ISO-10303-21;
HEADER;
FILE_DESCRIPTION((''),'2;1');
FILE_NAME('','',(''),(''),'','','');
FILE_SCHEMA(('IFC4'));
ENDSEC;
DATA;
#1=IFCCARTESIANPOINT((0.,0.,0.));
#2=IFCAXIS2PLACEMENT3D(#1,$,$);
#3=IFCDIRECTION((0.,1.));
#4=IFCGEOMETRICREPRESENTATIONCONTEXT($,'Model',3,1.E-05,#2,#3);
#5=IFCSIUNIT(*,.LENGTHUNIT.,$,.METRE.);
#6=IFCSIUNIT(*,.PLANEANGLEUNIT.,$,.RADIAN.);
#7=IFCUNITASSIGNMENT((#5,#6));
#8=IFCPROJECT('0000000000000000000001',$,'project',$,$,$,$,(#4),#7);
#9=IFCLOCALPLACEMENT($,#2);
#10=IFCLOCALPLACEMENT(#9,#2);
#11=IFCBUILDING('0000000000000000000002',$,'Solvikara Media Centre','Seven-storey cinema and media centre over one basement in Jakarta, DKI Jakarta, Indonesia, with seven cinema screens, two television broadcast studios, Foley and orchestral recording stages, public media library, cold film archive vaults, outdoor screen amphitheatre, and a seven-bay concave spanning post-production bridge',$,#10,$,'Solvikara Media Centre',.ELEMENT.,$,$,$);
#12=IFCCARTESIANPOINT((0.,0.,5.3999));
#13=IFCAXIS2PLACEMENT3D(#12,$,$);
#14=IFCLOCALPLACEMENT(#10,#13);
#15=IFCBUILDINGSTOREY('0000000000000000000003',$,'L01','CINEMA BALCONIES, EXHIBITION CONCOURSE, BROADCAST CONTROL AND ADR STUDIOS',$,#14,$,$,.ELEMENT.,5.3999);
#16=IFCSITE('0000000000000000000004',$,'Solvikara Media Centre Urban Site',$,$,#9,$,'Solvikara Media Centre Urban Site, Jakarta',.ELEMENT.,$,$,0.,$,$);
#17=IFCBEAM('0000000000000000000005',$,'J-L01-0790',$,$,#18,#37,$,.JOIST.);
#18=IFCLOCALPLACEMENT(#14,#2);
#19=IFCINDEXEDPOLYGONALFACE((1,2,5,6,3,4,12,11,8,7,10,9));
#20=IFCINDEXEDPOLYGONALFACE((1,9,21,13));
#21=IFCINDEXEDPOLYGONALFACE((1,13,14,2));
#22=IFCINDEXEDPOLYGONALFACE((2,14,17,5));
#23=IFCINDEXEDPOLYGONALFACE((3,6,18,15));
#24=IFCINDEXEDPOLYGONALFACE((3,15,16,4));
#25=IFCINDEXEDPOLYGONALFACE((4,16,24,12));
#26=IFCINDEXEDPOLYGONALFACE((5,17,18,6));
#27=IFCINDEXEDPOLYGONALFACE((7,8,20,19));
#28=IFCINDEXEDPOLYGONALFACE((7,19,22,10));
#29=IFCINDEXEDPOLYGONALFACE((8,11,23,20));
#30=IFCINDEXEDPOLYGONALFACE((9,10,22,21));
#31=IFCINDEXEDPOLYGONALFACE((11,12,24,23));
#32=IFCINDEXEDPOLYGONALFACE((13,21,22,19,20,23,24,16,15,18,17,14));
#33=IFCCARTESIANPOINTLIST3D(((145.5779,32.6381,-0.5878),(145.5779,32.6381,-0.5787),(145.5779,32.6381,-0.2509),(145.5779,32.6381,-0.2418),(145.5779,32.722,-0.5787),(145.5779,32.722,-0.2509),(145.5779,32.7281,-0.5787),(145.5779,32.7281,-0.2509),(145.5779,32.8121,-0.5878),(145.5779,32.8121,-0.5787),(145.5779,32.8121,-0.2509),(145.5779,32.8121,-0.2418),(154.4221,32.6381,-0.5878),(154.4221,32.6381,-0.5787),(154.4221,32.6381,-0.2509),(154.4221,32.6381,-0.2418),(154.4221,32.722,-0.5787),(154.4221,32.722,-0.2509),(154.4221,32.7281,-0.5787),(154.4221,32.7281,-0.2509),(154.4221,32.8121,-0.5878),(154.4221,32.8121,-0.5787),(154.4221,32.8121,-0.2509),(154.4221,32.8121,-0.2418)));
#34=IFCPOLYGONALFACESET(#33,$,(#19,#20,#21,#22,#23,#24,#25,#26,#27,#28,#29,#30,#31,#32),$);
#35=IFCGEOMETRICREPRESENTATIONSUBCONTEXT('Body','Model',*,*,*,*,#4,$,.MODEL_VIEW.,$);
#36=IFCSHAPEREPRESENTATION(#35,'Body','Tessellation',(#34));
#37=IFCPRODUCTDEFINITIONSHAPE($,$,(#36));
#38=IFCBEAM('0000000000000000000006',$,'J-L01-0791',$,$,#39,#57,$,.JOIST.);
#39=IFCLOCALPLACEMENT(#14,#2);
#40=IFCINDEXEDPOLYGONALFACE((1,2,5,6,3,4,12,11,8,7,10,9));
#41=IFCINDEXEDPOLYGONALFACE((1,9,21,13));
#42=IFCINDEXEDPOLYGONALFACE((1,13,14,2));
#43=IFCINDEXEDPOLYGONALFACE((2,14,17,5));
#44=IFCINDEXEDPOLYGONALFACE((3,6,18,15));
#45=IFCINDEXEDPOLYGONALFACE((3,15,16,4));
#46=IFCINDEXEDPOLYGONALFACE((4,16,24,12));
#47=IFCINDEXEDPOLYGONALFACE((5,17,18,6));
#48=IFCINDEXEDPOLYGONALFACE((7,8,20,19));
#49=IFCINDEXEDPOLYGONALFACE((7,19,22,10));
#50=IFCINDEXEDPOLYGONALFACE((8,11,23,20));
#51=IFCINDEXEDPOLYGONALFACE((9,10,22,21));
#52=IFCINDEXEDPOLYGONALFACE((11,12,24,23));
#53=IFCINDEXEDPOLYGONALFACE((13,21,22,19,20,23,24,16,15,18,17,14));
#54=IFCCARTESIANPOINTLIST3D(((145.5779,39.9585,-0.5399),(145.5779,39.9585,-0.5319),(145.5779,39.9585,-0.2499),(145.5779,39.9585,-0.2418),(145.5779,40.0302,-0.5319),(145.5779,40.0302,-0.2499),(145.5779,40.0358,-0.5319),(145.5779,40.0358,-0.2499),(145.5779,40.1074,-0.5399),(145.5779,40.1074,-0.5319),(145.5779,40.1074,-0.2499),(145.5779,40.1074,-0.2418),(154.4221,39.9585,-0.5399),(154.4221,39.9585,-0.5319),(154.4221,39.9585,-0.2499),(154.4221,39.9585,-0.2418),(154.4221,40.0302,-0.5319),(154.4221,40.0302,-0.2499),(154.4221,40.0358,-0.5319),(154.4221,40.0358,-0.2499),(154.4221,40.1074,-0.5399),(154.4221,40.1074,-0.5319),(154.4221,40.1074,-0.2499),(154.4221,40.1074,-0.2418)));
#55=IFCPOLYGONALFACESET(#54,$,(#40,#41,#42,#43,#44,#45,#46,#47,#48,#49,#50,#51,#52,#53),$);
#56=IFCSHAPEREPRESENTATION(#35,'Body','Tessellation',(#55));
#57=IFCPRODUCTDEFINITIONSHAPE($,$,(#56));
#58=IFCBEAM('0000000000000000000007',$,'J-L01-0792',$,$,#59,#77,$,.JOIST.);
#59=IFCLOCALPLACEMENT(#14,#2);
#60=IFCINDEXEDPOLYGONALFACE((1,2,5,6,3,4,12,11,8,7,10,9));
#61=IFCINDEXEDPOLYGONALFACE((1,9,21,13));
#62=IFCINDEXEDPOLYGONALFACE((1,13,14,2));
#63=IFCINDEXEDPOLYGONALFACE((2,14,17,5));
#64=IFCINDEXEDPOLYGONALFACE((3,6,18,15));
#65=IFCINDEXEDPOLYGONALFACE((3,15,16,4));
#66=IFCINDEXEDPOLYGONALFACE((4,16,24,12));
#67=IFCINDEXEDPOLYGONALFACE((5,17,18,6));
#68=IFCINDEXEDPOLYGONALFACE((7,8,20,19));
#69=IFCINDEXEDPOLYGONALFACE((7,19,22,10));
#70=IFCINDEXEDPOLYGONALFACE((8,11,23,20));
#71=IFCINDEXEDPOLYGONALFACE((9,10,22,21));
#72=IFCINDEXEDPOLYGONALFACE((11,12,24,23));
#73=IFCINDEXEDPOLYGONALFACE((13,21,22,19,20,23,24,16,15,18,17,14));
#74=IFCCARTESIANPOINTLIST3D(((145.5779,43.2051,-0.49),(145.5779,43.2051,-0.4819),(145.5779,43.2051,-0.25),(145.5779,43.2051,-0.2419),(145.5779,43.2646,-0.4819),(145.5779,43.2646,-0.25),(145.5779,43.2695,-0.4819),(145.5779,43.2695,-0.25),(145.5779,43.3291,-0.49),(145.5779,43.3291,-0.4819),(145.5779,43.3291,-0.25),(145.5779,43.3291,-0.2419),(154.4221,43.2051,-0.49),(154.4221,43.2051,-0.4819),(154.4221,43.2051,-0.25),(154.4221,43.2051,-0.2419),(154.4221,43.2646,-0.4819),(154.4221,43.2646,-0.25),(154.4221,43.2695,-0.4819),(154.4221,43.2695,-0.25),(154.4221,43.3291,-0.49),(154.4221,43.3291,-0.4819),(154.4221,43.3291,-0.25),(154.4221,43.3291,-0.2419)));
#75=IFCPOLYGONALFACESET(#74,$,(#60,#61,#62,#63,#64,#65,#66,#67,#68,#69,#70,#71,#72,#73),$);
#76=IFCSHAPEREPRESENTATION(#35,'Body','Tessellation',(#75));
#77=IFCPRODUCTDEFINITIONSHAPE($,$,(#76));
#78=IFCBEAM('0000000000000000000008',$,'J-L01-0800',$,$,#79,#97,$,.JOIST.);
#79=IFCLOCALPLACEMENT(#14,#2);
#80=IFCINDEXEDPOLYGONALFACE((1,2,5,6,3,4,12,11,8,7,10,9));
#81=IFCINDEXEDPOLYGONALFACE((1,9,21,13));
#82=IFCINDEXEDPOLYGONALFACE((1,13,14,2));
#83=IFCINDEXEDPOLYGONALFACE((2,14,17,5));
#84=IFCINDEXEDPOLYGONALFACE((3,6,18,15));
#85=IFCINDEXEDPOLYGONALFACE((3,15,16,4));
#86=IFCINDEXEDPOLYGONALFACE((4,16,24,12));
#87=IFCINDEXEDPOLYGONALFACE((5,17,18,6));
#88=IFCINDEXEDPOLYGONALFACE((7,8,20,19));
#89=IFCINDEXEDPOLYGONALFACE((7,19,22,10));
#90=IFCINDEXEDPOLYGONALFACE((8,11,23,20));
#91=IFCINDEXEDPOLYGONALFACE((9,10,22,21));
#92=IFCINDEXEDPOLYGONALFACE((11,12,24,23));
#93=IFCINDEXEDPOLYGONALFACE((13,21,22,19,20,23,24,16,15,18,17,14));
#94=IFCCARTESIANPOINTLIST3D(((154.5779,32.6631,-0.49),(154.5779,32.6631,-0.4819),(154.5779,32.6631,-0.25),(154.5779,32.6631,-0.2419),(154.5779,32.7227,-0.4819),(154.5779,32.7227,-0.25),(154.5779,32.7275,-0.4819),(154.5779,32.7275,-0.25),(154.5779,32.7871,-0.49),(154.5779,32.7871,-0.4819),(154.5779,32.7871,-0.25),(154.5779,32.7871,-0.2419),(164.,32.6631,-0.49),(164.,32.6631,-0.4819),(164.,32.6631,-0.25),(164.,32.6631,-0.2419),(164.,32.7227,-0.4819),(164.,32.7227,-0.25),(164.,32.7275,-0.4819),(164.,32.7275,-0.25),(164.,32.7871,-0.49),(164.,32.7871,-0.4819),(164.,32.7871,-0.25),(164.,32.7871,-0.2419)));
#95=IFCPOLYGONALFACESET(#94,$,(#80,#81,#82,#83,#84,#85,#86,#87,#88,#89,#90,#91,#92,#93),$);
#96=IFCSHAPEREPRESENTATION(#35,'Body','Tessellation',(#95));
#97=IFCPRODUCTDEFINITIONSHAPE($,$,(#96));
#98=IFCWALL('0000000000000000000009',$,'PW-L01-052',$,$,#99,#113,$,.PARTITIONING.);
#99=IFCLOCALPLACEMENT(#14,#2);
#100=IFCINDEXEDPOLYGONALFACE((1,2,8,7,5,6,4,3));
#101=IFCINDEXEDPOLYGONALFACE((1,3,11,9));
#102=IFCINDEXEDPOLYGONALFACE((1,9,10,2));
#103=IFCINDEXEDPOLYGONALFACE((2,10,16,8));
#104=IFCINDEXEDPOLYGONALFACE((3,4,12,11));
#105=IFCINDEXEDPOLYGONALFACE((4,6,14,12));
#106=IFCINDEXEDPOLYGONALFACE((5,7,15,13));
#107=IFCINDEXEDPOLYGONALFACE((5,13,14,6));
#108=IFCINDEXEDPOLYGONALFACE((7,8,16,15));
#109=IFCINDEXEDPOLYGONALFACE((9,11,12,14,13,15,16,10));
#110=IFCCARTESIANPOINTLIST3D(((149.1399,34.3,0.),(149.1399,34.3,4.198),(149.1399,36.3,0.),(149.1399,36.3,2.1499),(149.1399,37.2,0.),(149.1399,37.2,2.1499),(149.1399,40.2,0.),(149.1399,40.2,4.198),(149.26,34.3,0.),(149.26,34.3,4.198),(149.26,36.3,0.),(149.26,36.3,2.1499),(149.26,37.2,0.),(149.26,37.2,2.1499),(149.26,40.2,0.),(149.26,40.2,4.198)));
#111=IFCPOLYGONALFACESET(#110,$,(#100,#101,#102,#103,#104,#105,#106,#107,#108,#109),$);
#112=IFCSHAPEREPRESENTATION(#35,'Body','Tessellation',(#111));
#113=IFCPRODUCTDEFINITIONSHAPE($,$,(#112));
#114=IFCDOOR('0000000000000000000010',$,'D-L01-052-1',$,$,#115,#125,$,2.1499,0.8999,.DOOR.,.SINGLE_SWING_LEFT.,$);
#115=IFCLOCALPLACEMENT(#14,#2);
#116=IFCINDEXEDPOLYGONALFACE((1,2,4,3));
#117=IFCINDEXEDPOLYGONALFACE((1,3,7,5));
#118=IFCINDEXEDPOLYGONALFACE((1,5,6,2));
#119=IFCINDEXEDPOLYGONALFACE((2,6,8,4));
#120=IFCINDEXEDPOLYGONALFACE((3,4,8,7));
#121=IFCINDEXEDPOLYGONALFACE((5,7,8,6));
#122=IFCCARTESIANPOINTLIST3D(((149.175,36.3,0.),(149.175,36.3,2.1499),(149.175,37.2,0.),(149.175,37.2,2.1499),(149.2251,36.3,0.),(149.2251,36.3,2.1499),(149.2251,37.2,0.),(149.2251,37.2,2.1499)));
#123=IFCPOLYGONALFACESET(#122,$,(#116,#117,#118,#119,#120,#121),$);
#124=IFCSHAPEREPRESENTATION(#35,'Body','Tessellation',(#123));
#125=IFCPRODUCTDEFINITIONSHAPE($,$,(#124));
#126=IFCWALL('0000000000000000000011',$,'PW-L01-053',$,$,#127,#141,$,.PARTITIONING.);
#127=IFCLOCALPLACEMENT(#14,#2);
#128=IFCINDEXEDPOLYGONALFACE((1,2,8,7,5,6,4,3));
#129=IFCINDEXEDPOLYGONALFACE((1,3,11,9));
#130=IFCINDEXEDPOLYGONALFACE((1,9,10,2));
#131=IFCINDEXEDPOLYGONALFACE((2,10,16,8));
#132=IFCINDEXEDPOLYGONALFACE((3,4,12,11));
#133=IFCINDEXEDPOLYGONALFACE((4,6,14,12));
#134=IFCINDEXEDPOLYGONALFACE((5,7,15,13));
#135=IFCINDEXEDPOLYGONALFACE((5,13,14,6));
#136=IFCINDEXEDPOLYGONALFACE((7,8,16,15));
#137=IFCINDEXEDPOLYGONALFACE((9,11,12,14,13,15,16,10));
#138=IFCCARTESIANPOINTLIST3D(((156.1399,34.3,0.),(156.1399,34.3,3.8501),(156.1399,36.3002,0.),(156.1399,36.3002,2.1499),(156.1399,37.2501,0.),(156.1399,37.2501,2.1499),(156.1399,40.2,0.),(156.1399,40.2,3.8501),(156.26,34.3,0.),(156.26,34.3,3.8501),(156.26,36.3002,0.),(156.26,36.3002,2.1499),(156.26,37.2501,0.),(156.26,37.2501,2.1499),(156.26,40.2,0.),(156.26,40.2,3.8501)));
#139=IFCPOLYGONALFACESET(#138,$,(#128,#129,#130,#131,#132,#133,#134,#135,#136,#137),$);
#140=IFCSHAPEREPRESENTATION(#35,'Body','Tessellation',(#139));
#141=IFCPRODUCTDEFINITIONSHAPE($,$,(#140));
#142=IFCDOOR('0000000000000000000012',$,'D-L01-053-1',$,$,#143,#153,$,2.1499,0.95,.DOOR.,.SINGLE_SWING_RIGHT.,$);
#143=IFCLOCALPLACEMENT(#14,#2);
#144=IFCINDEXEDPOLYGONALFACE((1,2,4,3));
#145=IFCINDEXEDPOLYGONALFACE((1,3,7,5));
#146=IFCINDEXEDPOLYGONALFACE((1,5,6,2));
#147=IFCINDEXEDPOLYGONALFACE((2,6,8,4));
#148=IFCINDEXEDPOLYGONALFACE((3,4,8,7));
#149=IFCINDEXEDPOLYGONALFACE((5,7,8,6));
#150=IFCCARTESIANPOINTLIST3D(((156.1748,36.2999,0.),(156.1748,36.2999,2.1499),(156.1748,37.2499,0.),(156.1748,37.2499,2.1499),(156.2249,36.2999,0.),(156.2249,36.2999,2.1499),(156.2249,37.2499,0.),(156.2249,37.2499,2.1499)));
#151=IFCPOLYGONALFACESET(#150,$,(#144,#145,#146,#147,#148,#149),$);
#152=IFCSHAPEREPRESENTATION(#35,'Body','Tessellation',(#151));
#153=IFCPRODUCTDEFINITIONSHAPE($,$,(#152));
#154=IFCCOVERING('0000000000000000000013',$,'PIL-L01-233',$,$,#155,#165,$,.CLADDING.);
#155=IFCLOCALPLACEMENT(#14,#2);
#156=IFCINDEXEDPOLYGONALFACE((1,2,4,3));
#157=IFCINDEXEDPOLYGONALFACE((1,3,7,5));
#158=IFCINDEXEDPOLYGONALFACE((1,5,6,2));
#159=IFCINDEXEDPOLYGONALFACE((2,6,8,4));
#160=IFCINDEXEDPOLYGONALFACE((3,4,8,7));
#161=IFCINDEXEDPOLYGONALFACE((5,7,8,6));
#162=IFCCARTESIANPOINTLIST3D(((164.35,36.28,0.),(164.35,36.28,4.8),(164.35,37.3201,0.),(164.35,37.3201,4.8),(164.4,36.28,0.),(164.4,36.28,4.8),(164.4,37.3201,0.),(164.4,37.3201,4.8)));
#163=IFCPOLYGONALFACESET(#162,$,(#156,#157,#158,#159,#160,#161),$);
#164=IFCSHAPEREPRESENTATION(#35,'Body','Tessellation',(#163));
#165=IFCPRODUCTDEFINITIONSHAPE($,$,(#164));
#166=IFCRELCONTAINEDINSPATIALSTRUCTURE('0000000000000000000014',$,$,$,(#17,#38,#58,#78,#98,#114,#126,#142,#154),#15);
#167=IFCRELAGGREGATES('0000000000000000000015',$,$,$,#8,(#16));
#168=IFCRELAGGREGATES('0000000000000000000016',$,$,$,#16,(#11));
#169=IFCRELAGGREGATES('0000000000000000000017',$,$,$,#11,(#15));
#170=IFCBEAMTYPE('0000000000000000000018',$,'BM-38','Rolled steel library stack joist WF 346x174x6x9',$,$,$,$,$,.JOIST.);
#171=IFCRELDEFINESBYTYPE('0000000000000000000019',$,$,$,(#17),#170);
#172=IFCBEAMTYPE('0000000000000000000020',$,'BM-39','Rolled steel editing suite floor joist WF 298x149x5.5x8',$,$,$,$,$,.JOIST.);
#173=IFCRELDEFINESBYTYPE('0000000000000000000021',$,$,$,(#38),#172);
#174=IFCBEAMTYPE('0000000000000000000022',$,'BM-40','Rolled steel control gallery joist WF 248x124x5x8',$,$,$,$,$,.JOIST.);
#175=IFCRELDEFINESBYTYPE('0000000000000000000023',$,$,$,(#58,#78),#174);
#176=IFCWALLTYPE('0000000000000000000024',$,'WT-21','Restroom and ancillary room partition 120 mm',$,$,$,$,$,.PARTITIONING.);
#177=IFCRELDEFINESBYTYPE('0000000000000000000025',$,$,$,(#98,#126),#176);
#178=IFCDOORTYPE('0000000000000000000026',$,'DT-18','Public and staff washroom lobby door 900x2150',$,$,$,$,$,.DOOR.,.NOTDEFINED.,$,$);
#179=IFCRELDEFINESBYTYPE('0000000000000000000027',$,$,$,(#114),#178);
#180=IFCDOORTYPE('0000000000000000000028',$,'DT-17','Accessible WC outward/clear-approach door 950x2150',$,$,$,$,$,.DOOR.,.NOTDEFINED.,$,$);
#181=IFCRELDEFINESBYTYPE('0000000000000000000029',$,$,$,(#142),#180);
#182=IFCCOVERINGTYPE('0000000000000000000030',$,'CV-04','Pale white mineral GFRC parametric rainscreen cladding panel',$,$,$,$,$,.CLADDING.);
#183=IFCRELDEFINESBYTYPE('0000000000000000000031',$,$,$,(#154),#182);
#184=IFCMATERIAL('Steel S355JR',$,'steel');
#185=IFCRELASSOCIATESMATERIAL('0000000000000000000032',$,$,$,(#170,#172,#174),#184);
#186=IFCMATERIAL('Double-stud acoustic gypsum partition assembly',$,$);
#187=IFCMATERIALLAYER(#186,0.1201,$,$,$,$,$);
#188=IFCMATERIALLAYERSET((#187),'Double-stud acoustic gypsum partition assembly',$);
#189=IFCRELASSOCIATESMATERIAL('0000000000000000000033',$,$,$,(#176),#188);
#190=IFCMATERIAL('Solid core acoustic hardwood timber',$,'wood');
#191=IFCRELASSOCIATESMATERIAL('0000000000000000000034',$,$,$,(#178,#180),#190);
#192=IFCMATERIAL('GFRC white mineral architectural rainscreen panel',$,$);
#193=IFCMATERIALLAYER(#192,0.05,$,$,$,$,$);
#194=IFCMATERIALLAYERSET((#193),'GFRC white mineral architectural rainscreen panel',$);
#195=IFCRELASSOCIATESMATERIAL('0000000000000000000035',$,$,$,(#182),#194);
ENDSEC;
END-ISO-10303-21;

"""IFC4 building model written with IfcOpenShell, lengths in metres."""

from ifc_helpers import new_model, si_unit, direction, frame, frame_2d, origin, origin_2d, place, context, subcontext, project, spatial, rectangle, i_section, extrude, material, layer, layer_set, material_profile, profile_set, type_object, element, fill, save


model = new_model("IFC4")

# Units and contexts
model_context = context("Model", 3, precision=1e-05, world=origin(), true_north=direction((0.0, 1.0)))
body_context = subcontext(model_context, "Body", "Model", "MODEL_VIEW")
ifc_project = project(units=[si_unit("LENGTHUNIT", "METRE"), si_unit("PLANEANGLEUNIT", "RADIAN")], contexts=[model_context])

# Site, building, storey
site_placement = place(None, origin())
site = spatial("IfcSite", under=ifc_project, at=site_placement, Name="Solvikara Media Centre Urban Site", LongName="Solvikara Media Centre Urban Site, Jakarta", CompositionType="ELEMENT", RefElevation=0.0)
building_placement = place(site_placement, origin())
building = spatial("IfcBuilding", under=site, at=building_placement, Name="Solvikara Media Centre", Description="Seven-storey cinema and media centre over one basement in Jakarta, DKI Jakarta, Indonesia, with seven cinema screens, two television broadcast studios, Foley and orchestral recording stages, public media library, cold film archive vaults, outdoor screen amphitheatre, and a seven-bay concave spanning post-production bridge", LongName="Solvikara Media Centre", CompositionType="ELEMENT")
storey_placement = place(building_placement, frame((0.0, 0.0, 5.3999)))
storey = spatial("IfcBuildingStorey", under=building, at=storey_placement, Name="L01", Description="CINEMA BALCONIES, EXHIBITION CONCOURSE, BROADCAST CONTROL AND ADR STUDIOS", CompositionType="ELEMENT", Elevation=5.3999)

# Shared definitions
ifc_material_1 = material(Name="Steel S355JR", Category="steel")

# Beams
ifc_material_profile_1 = material_profile(ifc_material_1, i_section(OverallWidth=0.1741, OverallDepth=0.3459, WebThickness=0.0061, FlangeThickness=0.009, at=origin_2d()), Name="WF 346x174x6x9")
ifc_profile_set_1 = profile_set([ifc_material_profile_1], Name="Steel S355JR")
beam_type_1 = type_object("IfcBeamType", Name="BM-38", Description="Rolled steel library stack joist WF 346x174x6x9", PredefinedType="JOIST", material=ifc_profile_set_1)
beam_1_placement = place(storey_placement, frame((145.5779, 32.7251, -0.4148), z_axis=(1.0, 0.0, 0.0), x_axis=(0.0, 1.0, 0.0)))
element("IfcBeam", 1, at=beam_1_placement, inside=storey, type_object=beam_type_1, Name="J-L01-0790", PredefinedType="JOIST", context=body_context, shape_type="SweptSolid", body=[
    extrude(i_section(OverallWidth=0.1741, OverallDepth=0.3459, WebThickness=0.0061, FlangeThickness=0.009, at=origin_2d()), origin(), (0.0, 0.0, 1.0), 8.8442),
])
ifc_material_profile_2 = material_profile(ifc_material_1, i_section(OverallWidth=0.1489, OverallDepth=0.2981, WebThickness=0.0056, FlangeThickness=0.0081, at=origin_2d()), Name="WF 298x149x5.5x8")
ifc_profile_set_2 = profile_set([ifc_material_profile_2], Name="Steel S355JR")
beam_type_2 = type_object("IfcBeamType", Name="BM-39", Description="Rolled steel editing suite floor joist WF 298x149x5.5x8", PredefinedType="JOIST", material=ifc_profile_set_2)
beam_2_placement = place(storey_placement, frame((145.5779, 40.033, -0.3909), z_axis=(1.0, 0.0, 0.0), x_axis=(0.0, 1.0, 0.0)))
element("IfcBeam", 2, at=beam_2_placement, inside=storey, type_object=beam_type_2, Name="J-L01-0791", PredefinedType="JOIST", context=body_context, shape_type="SweptSolid", body=[
    extrude(i_section(OverallWidth=0.1489, OverallDepth=0.2981, WebThickness=0.0056, FlangeThickness=0.0081, at=origin_2d()), origin(), (0.0, 0.0, 1.0), 8.8442),
])
ifc_material_profile_3 = material_profile(ifc_material_1, i_section(OverallWidth=0.124, OverallDepth=0.248, WebThickness=0.0049, FlangeThickness=0.0081, at=origin_2d()), Name="WF 248x124x5x8")
ifc_profile_set_3 = profile_set([ifc_material_profile_3], Name="Steel S355JR")
beam_type_3 = type_object("IfcBeamType", Name="BM-40", Description="Rolled steel control gallery joist WF 248x124x5x8", PredefinedType="JOIST", material=ifc_profile_set_3)
beam_3_placement = place(storey_placement, frame((145.5779, 43.2671, -0.366), z_axis=(1.0, 0.0, 0.0), x_axis=(0.0, 1.0, 0.0)))
element("IfcBeam", 3, at=beam_3_placement, inside=storey, type_object=beam_type_3, Name="J-L01-0792", PredefinedType="JOIST", context=body_context, shape_type="SweptSolid", body=[
    extrude(i_section(OverallWidth=0.124, OverallDepth=0.248, WebThickness=0.0049, FlangeThickness=0.0081, at=origin_2d()), origin(), (0.0, 0.0, 1.0), 8.8442),
])
beam_4_placement = place(storey_placement, frame((154.5779, 32.7251, -0.366), z_axis=(1.0, 0.0, 0.0), x_axis=(0.0, 1.0, 0.0)))
element("IfcBeam", 4, at=beam_4_placement, inside=storey, type_object=beam_type_3, Name="J-L01-0800", PredefinedType="JOIST", context=body_context, shape_type="SweptSolid", body=[
    extrude(i_section(OverallWidth=0.124, OverallDepth=0.248, WebThickness=0.0049, FlangeThickness=0.0081, at=origin_2d()), origin(), (0.0, 0.0, 1.0), 9.4221),
])

# Walls, openings, doors
ifc_material_2 = material(Name="Double-stud acoustic gypsum partition assembly")
ifc_layer_1 = layer(ifc_material_2, 0.1201)
ifc_layer_set_1 = layer_set([ifc_layer_1], Name="Double-stud acoustic gypsum partition assembly")
wall_type = type_object("IfcWallType", Name="WT-21", Description="Restroom and ancillary room partition 120 mm", PredefinedType="PARTITIONING", material=ifc_layer_set_1)
wall_1_placement = place(storey_placement, frame((149.2, 34.3, 0.0), z_axis=(0.0, 0.0, 1.0), x_axis=(0.0, 1.0, 0.0)))
wall_1 = element("IfcWall", 5, at=wall_1_placement, inside=storey, type_object=wall_type, Name="PW-L01-052", PredefinedType="PARTITIONING", context=body_context, shape_type="SweptSolid", body=[
    extrude(rectangle(XDim=5.8999, YDim=0.1201, at=frame_2d((2.95, 0.0))), origin(), (0.0, 0.0, 1.0), 4.198),
])
opening_1_placement = place(wall_1_placement, frame((2.0, 0.0, 0.0)))
opening_1 = element("IfcOpeningElement", 6, at=opening_1_placement, cuts=wall_1, PredefinedType="OPENING", context=body_context, shape_type="SweptSolid", body=[
    extrude(rectangle(XDim=0.8999, YDim=2.1499, at=frame_2d((0.45, 1.075))), frame((0.0, 0.072, 0.0), z_axis=(0.0, -1.0, 0.0), x_axis=(1.0, 0.0, 0.0)), (0.0, 0.0, 1.0), 0.144),
])
ifc_material_3 = material(Name="Solid core acoustic hardwood timber", Category="wood")
door_type_1 = type_object("IfcDoorType", Name="DT-18", Description="Public and staff washroom lobby door 900x2150", OperationType="NOTDEFINED", PredefinedType="DOOR", material=ifc_material_3)
door_1_placement = place(opening_1_placement, origin())
door_1 = element("IfcDoor", 7, at=door_1_placement, inside=storey, type_object=door_type_1, Name="D-L01-052-1", OperationType="SINGLE_SWING_LEFT", OverallHeight=2.1499, OverallWidth=0.8999, PredefinedType="DOOR", context=body_context, shape_type="SweptSolid", body=[
    extrude(rectangle(XDim=0.8999, YDim=2.1499, at=frame_2d((0.45, 1.075))), frame((0.0, 0.0249, 0.0), z_axis=(0.0, -1.0, 0.0), x_axis=(1.0, 0.0, 0.0)), (0.0, 0.0, 1.0), 0.05),
])
fill(opening_1, door_1)
wall_2_placement = place(storey_placement, frame((156.2, 34.3, 0.0), z_axis=(0.0, 0.0, 1.0), x_axis=(0.0, 1.0, 0.0)))
wall_2 = element("IfcWall", 8, at=wall_2_placement, inside=storey, type_object=wall_type, Name="PW-L01-053", PredefinedType="PARTITIONING", context=body_context, shape_type="SweptSolid", body=[
    extrude(rectangle(XDim=5.8999, YDim=0.1201, at=frame_2d((2.95, 0.0))), origin(), (0.0, 0.0, 1.0), 3.8501),
])
opening_2_placement = place(wall_2_placement, frame((2.0, 0.0, 0.0)))
opening_2 = element("IfcOpeningElement", 9, at=opening_2_placement, cuts=wall_2, PredefinedType="OPENING", context=body_context, shape_type="SweptSolid", body=[
    extrude(rectangle(XDim=0.95, YDim=2.1499, at=frame_2d((0.4751, 1.075))), frame((0.0, 0.072, 0.0), z_axis=(0.0, -1.0, 0.0), x_axis=(1.0, 0.0, 0.0)), (0.0, 0.0, 1.0), 0.144),
])
door_type_2 = type_object("IfcDoorType", Name="DT-17", Description="Accessible WC outward/clear-approach door 950x2150", OperationType="NOTDEFINED", PredefinedType="DOOR", material=ifc_material_3)
door_2_placement = place(opening_2_placement, frame((0.95, 0.0, 0.0), z_axis=(0.0, 0.0, 1.0), x_axis=(-1.0, 0.0, 0.0)))
door_2 = element("IfcDoor", 10, at=door_2_placement, inside=storey, type_object=door_type_2, Name="D-L01-053-1", OperationType="SINGLE_SWING_RIGHT", OverallHeight=2.1499, OverallWidth=0.95, PredefinedType="DOOR", context=body_context, shape_type="SweptSolid", body=[
    extrude(rectangle(XDim=0.95, YDim=2.1499, at=frame_2d((0.4751, 1.075))), frame((0.0, 0.0249, 0.0), z_axis=(0.0, -1.0, 0.0), x_axis=(1.0, 0.0, 0.0)), (0.0, 0.0, 1.0), 0.05),
])
fill(opening_2, door_2)

# Covering
ifc_material_4 = material(Name="GFRC white mineral architectural rainscreen panel")
ifc_layer_2 = layer(ifc_material_4, 0.05)
ifc_layer_set_2 = layer_set([ifc_layer_2], Name="GFRC white mineral architectural rainscreen panel")
covering_type = type_object("IfcCoveringType", Name="CV-04", Description="Pale white mineral GFRC parametric rainscreen cladding panel", PredefinedType="CLADDING", material=ifc_layer_set_2)
covering_1_placement = place(storey_placement, frame((164.375, 36.8, 0.0), z_axis=(0.0, 0.0, 1.0), x_axis=(0.0, 1.0, 0.0)))
element("IfcCovering", 11, at=covering_1_placement, inside=storey, type_object=covering_type, Name="PIL-L01-233", PredefinedType="CLADDING", context=body_context, shape_type="SweptSolid", body=[
    extrude(rectangle(XDim=1.04, YDim=0.05, at=origin_2d()), origin(), (0.0, 0.0, 1.0), 4.8),
])

save(model, "model.ifc")
